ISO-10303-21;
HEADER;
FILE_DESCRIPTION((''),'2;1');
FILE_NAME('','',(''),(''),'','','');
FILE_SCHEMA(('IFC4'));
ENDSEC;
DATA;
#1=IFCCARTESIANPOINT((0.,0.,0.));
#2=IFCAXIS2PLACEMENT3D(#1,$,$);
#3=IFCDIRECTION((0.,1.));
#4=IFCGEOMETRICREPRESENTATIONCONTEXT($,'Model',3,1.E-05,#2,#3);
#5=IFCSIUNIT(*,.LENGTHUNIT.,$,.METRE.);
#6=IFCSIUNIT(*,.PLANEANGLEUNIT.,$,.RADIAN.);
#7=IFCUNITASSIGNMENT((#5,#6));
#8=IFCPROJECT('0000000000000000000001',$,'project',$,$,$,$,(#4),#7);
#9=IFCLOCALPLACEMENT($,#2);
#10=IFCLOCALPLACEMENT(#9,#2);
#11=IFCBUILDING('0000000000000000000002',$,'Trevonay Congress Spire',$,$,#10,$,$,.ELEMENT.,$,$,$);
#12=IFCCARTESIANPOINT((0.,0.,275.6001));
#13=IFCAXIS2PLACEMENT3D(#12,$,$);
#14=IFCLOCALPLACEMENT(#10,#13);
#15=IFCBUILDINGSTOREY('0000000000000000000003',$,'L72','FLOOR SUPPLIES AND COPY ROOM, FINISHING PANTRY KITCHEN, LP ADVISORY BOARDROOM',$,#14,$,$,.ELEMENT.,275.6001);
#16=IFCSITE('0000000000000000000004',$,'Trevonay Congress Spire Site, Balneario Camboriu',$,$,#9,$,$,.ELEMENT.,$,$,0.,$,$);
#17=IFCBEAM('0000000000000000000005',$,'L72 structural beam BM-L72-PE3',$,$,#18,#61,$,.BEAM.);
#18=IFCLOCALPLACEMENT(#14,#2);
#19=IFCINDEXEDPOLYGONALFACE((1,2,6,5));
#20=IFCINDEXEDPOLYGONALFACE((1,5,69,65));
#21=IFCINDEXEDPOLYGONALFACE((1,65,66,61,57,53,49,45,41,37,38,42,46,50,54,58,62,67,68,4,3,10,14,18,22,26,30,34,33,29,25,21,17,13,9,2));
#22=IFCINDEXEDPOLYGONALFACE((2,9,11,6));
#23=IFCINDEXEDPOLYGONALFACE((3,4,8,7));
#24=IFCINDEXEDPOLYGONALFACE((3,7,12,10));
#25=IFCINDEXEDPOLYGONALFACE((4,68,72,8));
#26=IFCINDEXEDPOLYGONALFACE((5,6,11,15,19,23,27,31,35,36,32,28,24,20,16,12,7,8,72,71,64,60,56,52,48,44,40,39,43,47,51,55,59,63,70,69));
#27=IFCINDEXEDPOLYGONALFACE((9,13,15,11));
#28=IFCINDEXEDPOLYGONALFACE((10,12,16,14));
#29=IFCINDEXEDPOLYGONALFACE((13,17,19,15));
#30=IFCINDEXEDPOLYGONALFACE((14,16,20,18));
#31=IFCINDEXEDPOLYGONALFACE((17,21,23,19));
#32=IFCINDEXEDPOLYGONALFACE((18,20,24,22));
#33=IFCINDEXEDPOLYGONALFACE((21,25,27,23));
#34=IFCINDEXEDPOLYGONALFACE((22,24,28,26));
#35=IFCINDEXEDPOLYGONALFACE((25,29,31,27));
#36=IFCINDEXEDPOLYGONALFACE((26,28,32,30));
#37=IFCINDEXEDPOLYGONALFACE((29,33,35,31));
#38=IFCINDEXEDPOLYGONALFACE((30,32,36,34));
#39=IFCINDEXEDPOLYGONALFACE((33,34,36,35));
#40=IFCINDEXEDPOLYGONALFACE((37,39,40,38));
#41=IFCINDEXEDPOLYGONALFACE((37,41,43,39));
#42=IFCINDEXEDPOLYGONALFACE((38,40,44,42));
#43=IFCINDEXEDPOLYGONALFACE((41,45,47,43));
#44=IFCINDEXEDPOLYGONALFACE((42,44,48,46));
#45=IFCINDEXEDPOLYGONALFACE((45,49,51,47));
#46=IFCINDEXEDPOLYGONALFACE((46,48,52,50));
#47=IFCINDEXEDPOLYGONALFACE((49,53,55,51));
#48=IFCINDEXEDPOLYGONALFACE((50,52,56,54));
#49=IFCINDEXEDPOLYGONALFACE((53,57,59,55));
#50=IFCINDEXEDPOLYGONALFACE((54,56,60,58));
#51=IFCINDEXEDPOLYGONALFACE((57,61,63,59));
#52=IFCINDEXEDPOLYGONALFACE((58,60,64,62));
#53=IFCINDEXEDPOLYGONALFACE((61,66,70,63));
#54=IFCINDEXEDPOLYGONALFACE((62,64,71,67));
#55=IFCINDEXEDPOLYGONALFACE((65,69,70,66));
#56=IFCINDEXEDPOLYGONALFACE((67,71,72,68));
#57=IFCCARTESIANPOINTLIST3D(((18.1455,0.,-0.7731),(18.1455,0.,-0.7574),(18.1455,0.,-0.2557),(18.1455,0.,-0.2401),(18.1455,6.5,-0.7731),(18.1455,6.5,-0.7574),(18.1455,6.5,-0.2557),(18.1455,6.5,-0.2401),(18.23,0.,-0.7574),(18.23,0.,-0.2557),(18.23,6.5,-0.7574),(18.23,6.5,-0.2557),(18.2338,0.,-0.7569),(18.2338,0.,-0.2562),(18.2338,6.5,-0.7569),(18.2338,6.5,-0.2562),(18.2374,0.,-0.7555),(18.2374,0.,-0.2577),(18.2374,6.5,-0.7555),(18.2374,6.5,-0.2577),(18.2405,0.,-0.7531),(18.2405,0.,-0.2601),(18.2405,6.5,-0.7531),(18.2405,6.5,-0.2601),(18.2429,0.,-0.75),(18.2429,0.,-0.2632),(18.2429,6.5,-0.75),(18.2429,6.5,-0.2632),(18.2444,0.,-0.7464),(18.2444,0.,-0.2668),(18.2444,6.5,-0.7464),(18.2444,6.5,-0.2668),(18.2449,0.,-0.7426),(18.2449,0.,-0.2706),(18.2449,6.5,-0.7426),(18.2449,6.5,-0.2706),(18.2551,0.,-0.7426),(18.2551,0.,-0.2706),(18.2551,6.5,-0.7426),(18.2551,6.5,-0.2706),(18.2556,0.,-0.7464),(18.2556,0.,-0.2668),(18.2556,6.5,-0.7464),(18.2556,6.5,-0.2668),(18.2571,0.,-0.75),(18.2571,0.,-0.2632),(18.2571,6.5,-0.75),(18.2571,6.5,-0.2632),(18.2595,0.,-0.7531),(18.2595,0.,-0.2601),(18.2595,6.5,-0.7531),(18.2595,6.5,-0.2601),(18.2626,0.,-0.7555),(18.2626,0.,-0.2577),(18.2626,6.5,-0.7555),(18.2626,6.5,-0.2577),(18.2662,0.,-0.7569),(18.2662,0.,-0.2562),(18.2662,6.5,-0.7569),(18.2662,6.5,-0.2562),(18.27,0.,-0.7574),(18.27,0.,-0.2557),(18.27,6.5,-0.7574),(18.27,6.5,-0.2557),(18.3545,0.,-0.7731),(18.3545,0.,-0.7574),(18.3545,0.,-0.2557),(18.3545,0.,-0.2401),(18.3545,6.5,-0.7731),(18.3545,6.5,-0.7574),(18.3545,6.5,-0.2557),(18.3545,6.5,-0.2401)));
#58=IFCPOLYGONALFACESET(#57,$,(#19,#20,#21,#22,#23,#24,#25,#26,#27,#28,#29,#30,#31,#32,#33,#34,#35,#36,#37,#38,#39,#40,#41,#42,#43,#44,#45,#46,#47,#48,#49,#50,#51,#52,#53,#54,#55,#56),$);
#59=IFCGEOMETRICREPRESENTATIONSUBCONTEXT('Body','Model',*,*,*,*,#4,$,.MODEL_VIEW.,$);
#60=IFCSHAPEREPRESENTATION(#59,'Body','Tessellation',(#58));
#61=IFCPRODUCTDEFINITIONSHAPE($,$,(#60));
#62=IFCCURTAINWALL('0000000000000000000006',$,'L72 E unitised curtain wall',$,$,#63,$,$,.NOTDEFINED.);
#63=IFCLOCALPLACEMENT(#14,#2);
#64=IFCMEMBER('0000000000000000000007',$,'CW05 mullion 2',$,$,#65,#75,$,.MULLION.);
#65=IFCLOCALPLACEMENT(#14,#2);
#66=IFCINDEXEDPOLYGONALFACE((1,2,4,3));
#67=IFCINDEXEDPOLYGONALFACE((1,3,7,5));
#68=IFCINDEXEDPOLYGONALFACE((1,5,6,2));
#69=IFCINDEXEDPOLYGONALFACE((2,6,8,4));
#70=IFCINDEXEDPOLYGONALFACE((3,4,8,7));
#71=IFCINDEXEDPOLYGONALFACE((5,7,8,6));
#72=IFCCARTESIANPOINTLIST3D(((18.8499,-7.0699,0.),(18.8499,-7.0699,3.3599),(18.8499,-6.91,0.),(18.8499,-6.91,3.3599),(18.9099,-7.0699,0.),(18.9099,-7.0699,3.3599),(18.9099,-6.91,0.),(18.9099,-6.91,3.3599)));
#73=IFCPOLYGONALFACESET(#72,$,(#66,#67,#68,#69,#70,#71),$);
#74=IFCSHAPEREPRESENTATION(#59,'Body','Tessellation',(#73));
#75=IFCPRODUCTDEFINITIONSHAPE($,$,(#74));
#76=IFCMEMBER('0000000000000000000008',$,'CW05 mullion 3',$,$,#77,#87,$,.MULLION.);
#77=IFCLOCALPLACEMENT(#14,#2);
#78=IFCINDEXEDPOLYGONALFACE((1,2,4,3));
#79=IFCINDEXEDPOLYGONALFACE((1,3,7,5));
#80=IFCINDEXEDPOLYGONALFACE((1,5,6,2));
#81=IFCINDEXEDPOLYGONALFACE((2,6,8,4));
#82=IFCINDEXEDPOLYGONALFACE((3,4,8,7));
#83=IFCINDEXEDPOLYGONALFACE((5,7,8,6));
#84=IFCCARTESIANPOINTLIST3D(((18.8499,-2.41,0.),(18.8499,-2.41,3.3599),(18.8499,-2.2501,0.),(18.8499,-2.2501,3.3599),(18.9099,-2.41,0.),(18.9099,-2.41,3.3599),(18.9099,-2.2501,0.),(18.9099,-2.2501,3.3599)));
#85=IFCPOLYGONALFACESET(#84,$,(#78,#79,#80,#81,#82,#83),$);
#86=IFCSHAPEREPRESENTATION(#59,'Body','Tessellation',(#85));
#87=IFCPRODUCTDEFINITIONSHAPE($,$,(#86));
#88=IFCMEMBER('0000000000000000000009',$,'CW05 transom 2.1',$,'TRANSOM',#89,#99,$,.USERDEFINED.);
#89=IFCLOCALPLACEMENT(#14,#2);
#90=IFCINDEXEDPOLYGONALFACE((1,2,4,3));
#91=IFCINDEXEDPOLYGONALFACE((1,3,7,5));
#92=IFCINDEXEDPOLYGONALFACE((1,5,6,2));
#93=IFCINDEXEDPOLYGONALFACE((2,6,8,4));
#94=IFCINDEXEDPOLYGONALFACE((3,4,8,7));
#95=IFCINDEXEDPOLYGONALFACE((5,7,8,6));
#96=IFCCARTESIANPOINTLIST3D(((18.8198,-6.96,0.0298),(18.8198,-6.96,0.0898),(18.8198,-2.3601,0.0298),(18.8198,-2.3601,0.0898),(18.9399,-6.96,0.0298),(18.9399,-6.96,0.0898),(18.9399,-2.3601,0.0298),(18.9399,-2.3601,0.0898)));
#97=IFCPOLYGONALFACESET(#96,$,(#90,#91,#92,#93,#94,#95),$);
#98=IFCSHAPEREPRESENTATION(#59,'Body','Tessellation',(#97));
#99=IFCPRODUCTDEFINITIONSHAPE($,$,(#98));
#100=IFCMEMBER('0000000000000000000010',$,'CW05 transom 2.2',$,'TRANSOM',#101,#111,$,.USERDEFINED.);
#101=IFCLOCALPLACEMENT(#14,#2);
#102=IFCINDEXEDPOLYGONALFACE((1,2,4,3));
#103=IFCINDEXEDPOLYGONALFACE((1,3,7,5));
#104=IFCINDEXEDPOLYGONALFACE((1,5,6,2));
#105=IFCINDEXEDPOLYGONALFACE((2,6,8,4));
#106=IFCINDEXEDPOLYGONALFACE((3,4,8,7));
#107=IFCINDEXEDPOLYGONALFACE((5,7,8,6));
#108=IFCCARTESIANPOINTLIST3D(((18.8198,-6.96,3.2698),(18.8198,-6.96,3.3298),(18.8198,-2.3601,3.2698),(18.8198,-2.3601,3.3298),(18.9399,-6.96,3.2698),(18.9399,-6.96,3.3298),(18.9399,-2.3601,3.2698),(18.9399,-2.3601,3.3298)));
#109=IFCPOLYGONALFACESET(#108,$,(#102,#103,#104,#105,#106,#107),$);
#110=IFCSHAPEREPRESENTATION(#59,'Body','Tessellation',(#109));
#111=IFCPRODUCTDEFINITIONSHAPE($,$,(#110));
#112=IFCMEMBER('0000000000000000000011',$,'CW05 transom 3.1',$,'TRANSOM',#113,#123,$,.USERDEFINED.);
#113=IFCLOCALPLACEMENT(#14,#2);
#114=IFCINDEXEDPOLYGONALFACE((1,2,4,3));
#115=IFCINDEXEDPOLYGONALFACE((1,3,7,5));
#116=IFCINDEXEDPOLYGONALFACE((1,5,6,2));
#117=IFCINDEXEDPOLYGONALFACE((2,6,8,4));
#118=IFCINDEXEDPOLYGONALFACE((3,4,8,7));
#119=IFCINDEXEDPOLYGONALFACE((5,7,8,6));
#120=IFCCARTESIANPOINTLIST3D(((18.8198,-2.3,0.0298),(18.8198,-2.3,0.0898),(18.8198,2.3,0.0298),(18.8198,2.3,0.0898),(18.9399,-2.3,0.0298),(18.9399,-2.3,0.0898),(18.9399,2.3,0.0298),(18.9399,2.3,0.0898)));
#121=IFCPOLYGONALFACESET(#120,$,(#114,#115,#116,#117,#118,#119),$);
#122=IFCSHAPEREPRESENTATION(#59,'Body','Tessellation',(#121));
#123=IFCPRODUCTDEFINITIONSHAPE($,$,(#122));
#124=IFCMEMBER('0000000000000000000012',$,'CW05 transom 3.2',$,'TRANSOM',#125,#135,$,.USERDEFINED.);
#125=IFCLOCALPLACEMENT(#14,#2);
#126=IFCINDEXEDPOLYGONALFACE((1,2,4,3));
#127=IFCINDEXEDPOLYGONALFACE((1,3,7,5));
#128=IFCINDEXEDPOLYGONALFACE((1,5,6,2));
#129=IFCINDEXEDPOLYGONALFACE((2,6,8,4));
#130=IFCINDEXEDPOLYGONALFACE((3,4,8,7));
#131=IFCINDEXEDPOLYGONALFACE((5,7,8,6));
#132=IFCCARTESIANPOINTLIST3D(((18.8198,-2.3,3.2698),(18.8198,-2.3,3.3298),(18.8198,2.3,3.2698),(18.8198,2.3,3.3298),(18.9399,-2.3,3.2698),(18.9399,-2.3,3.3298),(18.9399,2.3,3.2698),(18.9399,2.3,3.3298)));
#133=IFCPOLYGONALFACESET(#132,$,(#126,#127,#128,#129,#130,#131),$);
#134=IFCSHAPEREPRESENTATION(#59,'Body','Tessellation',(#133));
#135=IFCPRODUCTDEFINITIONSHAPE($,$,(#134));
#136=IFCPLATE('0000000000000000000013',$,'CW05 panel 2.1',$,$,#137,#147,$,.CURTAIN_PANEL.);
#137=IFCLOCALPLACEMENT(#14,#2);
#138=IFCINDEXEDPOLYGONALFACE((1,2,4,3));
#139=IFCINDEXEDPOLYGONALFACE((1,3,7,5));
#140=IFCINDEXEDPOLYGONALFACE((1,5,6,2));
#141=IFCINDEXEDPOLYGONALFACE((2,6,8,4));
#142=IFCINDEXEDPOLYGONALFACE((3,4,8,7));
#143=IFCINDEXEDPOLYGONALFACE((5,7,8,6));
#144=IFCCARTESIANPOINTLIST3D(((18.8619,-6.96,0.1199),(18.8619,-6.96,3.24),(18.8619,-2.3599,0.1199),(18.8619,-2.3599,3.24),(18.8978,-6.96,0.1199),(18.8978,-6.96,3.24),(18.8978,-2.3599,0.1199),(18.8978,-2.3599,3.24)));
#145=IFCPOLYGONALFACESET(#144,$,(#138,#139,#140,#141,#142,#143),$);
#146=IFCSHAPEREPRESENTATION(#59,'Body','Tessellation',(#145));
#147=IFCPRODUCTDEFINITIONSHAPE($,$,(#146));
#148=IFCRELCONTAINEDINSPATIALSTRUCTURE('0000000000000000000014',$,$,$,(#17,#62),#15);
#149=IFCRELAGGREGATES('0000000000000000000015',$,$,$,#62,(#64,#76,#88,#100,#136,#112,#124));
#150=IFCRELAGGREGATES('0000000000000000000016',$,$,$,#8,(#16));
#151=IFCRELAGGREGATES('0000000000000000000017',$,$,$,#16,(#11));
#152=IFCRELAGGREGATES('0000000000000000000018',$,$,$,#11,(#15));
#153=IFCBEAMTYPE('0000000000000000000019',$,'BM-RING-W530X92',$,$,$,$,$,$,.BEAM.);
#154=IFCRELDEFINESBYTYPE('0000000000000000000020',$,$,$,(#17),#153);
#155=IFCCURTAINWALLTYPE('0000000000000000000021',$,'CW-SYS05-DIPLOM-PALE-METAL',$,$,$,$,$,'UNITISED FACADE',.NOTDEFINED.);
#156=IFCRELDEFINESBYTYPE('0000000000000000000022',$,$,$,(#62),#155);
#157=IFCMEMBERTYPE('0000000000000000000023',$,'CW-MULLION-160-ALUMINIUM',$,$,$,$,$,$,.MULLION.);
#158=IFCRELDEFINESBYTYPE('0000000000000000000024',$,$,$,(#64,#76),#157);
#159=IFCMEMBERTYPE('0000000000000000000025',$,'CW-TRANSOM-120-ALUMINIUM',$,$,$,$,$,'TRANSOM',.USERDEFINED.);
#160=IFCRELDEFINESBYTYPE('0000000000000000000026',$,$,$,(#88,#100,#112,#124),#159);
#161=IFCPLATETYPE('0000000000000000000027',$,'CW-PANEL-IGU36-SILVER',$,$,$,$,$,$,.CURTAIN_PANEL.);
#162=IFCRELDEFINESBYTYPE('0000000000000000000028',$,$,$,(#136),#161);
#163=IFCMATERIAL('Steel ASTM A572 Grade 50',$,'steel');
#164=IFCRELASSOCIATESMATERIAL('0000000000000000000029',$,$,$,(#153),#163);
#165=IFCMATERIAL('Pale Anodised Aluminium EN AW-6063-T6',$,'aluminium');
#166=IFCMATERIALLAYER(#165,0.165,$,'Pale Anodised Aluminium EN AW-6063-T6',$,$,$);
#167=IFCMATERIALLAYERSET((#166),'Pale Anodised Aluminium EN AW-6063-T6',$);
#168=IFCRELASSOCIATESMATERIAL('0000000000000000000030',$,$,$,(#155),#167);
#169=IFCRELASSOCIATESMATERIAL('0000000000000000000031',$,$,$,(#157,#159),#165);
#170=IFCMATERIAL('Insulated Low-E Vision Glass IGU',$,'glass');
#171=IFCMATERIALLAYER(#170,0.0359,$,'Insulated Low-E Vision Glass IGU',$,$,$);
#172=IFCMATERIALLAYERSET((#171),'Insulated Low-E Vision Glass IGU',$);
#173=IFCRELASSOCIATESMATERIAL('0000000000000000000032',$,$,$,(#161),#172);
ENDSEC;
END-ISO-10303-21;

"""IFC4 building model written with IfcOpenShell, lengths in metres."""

from ifc_helpers import new_model, si_unit, direction, frame, origin, origin_2d, place, context, subcontext, project, spatial, rectangle, i_section, extrude, material, layer, layer_set, material_profile, profile_set, type_object, element, aggregate, save


model = new_model("IFC4")

# Units and contexts
model_context = context("Model", 3, precision=1e-05, world=origin(), true_north=direction((0.0, 1.0)))
body_context = subcontext(model_context, "Body", "Model", "MODEL_VIEW")
ifc_project = project(units=[si_unit("LENGTHUNIT", "METRE"), si_unit("PLANEANGLEUNIT", "RADIAN")], contexts=[model_context])

# Site, building, storey
site_placement = place(None, origin())
site = spatial("IfcSite", under=ifc_project, at=site_placement, Name="Trevonay Congress Spire Site, Balneario Camboriu", CompositionType="ELEMENT", RefElevation=0.0)
building_placement = place(site_placement, origin())
building = spatial("IfcBuilding", under=site, at=building_placement, Name="Trevonay Congress Spire", CompositionType="ELEMENT")
storey_placement = place(building_placement, frame((0.0, 0.0, 275.6001)))
storey = spatial("IfcBuildingStorey", under=building, at=storey_placement, Name="L72", Description="FLOOR SUPPLIES AND COPY ROOM, FINISHING PANTRY KITCHEN, LP ADVISORY BOARDROOM", CompositionType="ELEMENT", Elevation=275.6001)

# Shared definitions
ifc_material_1 = material(Name="Steel ASTM A572 Grade 50", Category="steel")

# Beam
ifc_material_profile_1 = material_profile(ifc_material_1, i_section(OverallWidth=0.209, OverallDepth=0.533, WebThickness=0.0103, FlangeThickness=0.0156, FilletRadius=0.0149, at=origin_2d()), Name="W530x92")
ifc_profile_set_1 = profile_set([ifc_material_profile_1], Name="Steel ASTM A572 Grade 50")
beam_type_1 = type_object("IfcBeamType", Name="BM-RING-W530X92", PredefinedType="BEAM", material=ifc_profile_set_1)
for number, where, z_axis, x_axis, name in (
    (1, (18.25, 0.0, -0.5066), (0.0, 1.0, 0.0), (-1.0, 0.0, 0.0), "L72 structural beam BM-L72-PE3"),
):
    element("IfcBeam", number, at=place(storey_placement, frame(where, z_axis=z_axis, x_axis=x_axis)), inside=storey, type_object=beam_type_1, Name=name, PredefinedType="BEAM", context=body_context, shape_type="SweptSolid", body=[
        extrude(i_section(OverallWidth=0.209, OverallDepth=0.533, WebThickness=0.0103, FlangeThickness=0.0156, FilletRadius=0.0149, at=origin_2d()), origin(), (0.0, 0.0, 1.0), 6.5),
    ])

# Curtain wall, members, plate
ifc_material_2 = material(Name="Pale Anodised Aluminium EN AW-6063-T6", Category="aluminium")
ifc_layer_1 = layer(ifc_material_2, 0.165, Name="Pale Anodised Aluminium EN AW-6063-T6")
ifc_layer_set_1 = layer_set([ifc_layer_1], Name="Pale Anodised Aluminium EN AW-6063-T6")
curtain_wall_type = type_object("IfcCurtainWallType", Name="CW-SYS05-DIPLOM-PALE-METAL", ElementType="UNITISED FACADE", PredefinedType="NOTDEFINED", material=ifc_layer_set_1)
curtain_wall_placement = place(storey_placement, origin())
curtain_wall = element("IfcCurtainWall", 2, at=curtain_wall_placement, inside=storey, type_object=curtain_wall_type, Name="L72 E unitised curtain wall", PredefinedType="NOTDEFINED")
ifc_material_profile_2 = material_profile(ifc_material_2, rectangle(XDim=0.0601, YDim=0.1599, at=origin_2d()), Name="CW-MULLION-160-ALUMINIUM")
ifc_profile_set_2 = profile_set([ifc_material_profile_2], Name="Pale Anodised Aluminium EN AW-6063-T6")
member_type_1 = type_object("IfcMemberType", Name="CW-MULLION-160-ALUMINIUM", PredefinedType="MULLION", material=ifc_profile_set_2)
member_1_placement = place(storey_placement, frame((18.8799, -6.99, 0.0), z_axis=(0.0, 0.0, 1.0), x_axis=(-1.0, 0.0, 0.0)))
member_1 = element("IfcMember", 3, at=member_1_placement, type_object=member_type_1, Name="CW05 mullion 2", PredefinedType="MULLION", context=body_context, shape_type="SweptSolid", body=[
    extrude(rectangle(XDim=0.0601, YDim=0.1599, at=origin_2d()), origin(), (0.0, 0.0, 1.0), 3.3599),
])
member_2_placement = place(storey_placement, frame((18.8799, -2.3301, 0.0), z_axis=(0.0, 0.0, 1.0), x_axis=(-1.0, 0.0, 0.0)))
member_2 = element("IfcMember", 4, at=member_2_placement, type_object=member_type_1, Name="CW05 mullion 3", PredefinedType="MULLION", context=body_context, shape_type="SweptSolid", body=[
    extrude(rectangle(XDim=0.0601, YDim=0.1599, at=origin_2d()), origin(), (0.0, 0.0, 1.0), 3.3599),
])
ifc_material_profile_3 = material_profile(ifc_material_2, rectangle(XDim=0.1201, YDim=0.0601, at=origin_2d()), Name="CW-TRANSOM-120-ALUMINIUM")
ifc_profile_set_3 = profile_set([ifc_material_profile_3], Name="Pale Anodised Aluminium EN AW-6063-T6")
member_type_2 = type_object("IfcMemberType", Name="CW-TRANSOM-120-ALUMINIUM", ElementType="TRANSOM", PredefinedType="USERDEFINED", material=ifc_profile_set_3)
member_3_placement = place(storey_placement, frame((18.8799, -6.96, 0.0598), z_axis=(0.0, 1.0, 0.0), x_axis=(-1.0, 0.0, 0.0)))
member_3 = element("IfcMember", 5, at=member_3_placement, type_object=member_type_2, Name="CW05 transom 2.1", ObjectType="TRANSOM", PredefinedType="USERDEFINED", context=body_context, shape_type="SweptSolid", body=[
    extrude(rectangle(XDim=0.1201, YDim=0.0601, at=origin_2d()), origin(), (0.0, 0.0, 1.0), 4.5999),
])
member_4_placement = place(storey_placement, frame((18.8799, -6.96, 3.2998), z_axis=(0.0, 1.0, 0.0), x_axis=(-1.0, 0.0, 0.0)))
member_4 = element("IfcMember", 6, at=member_4_placement, type_object=member_type_2, Name="CW05 transom 2.2", ObjectType="TRANSOM", PredefinedType="USERDEFINED", context=body_context, shape_type="SweptSolid", body=[
    extrude(rectangle(XDim=0.1201, YDim=0.0601, at=origin_2d()), origin(), (0.0, 0.0, 1.0), 4.5999),
])
member_5_placement = place(storey_placement, frame((18.8799, -2.3, 0.0598), z_axis=(0.0, 1.0, 0.0), x_axis=(-1.0, 0.0, 0.0)))
member_5 = element("IfcMember", 7, at=member_5_placement, type_object=member_type_2, Name="CW05 transom 3.1", ObjectType="TRANSOM", PredefinedType="USERDEFINED", context=body_context, shape_type="SweptSolid", body=[
    extrude(rectangle(XDim=0.1201, YDim=0.0601, at=origin_2d()), origin(), (0.0, 0.0, 1.0), 4.6001),
])
member_6_placement = place(storey_placement, frame((18.8799, -2.3, 3.2998), z_axis=(0.0, 1.0, 0.0), x_axis=(-1.0, 0.0, 0.0)))
member_6 = element("IfcMember", 8, at=member_6_placement, type_object=member_type_2, Name="CW05 transom 3.2", ObjectType="TRANSOM", PredefinedType="USERDEFINED", context=body_context, shape_type="SweptSolid", body=[
    extrude(rectangle(XDim=0.1201, YDim=0.0601, at=origin_2d()), origin(), (0.0, 0.0, 1.0), 4.6001),
])
ifc_material_3 = material(Name="Insulated Low-E Vision Glass IGU", Category="glass")
ifc_layer_2 = layer(ifc_material_3, 0.0359, Name="Insulated Low-E Vision Glass IGU")
ifc_layer_set_2 = layer_set([ifc_layer_2], Name="Insulated Low-E Vision Glass IGU")
plate_type = type_object("IfcPlateType", Name="CW-PANEL-IGU36-SILVER", PredefinedType="CURTAIN_PANEL", material=ifc_layer_set_2)
plate_placement = place(storey_placement, frame((18.8799, -4.6599, 0.1199), z_axis=(0.0, 0.0, 1.0), x_axis=(0.0, 1.0, 0.0)))
plate = element("IfcPlate", 9, at=plate_placement, type_object=plate_type, Name="CW05 panel 2.1", PredefinedType="CURTAIN_PANEL", context=body_context, shape_type="SweptSolid", body=[
    extrude(rectangle(XDim=4.6001, YDim=0.0359, at=origin_2d()), origin(), (0.0, 0.0, 1.0), 3.1201),
])
aggregate(curtain_wall, [member_1, member_2, member_3, member_4, plate, member_5, member_6])

save(model, "model.ifc")
